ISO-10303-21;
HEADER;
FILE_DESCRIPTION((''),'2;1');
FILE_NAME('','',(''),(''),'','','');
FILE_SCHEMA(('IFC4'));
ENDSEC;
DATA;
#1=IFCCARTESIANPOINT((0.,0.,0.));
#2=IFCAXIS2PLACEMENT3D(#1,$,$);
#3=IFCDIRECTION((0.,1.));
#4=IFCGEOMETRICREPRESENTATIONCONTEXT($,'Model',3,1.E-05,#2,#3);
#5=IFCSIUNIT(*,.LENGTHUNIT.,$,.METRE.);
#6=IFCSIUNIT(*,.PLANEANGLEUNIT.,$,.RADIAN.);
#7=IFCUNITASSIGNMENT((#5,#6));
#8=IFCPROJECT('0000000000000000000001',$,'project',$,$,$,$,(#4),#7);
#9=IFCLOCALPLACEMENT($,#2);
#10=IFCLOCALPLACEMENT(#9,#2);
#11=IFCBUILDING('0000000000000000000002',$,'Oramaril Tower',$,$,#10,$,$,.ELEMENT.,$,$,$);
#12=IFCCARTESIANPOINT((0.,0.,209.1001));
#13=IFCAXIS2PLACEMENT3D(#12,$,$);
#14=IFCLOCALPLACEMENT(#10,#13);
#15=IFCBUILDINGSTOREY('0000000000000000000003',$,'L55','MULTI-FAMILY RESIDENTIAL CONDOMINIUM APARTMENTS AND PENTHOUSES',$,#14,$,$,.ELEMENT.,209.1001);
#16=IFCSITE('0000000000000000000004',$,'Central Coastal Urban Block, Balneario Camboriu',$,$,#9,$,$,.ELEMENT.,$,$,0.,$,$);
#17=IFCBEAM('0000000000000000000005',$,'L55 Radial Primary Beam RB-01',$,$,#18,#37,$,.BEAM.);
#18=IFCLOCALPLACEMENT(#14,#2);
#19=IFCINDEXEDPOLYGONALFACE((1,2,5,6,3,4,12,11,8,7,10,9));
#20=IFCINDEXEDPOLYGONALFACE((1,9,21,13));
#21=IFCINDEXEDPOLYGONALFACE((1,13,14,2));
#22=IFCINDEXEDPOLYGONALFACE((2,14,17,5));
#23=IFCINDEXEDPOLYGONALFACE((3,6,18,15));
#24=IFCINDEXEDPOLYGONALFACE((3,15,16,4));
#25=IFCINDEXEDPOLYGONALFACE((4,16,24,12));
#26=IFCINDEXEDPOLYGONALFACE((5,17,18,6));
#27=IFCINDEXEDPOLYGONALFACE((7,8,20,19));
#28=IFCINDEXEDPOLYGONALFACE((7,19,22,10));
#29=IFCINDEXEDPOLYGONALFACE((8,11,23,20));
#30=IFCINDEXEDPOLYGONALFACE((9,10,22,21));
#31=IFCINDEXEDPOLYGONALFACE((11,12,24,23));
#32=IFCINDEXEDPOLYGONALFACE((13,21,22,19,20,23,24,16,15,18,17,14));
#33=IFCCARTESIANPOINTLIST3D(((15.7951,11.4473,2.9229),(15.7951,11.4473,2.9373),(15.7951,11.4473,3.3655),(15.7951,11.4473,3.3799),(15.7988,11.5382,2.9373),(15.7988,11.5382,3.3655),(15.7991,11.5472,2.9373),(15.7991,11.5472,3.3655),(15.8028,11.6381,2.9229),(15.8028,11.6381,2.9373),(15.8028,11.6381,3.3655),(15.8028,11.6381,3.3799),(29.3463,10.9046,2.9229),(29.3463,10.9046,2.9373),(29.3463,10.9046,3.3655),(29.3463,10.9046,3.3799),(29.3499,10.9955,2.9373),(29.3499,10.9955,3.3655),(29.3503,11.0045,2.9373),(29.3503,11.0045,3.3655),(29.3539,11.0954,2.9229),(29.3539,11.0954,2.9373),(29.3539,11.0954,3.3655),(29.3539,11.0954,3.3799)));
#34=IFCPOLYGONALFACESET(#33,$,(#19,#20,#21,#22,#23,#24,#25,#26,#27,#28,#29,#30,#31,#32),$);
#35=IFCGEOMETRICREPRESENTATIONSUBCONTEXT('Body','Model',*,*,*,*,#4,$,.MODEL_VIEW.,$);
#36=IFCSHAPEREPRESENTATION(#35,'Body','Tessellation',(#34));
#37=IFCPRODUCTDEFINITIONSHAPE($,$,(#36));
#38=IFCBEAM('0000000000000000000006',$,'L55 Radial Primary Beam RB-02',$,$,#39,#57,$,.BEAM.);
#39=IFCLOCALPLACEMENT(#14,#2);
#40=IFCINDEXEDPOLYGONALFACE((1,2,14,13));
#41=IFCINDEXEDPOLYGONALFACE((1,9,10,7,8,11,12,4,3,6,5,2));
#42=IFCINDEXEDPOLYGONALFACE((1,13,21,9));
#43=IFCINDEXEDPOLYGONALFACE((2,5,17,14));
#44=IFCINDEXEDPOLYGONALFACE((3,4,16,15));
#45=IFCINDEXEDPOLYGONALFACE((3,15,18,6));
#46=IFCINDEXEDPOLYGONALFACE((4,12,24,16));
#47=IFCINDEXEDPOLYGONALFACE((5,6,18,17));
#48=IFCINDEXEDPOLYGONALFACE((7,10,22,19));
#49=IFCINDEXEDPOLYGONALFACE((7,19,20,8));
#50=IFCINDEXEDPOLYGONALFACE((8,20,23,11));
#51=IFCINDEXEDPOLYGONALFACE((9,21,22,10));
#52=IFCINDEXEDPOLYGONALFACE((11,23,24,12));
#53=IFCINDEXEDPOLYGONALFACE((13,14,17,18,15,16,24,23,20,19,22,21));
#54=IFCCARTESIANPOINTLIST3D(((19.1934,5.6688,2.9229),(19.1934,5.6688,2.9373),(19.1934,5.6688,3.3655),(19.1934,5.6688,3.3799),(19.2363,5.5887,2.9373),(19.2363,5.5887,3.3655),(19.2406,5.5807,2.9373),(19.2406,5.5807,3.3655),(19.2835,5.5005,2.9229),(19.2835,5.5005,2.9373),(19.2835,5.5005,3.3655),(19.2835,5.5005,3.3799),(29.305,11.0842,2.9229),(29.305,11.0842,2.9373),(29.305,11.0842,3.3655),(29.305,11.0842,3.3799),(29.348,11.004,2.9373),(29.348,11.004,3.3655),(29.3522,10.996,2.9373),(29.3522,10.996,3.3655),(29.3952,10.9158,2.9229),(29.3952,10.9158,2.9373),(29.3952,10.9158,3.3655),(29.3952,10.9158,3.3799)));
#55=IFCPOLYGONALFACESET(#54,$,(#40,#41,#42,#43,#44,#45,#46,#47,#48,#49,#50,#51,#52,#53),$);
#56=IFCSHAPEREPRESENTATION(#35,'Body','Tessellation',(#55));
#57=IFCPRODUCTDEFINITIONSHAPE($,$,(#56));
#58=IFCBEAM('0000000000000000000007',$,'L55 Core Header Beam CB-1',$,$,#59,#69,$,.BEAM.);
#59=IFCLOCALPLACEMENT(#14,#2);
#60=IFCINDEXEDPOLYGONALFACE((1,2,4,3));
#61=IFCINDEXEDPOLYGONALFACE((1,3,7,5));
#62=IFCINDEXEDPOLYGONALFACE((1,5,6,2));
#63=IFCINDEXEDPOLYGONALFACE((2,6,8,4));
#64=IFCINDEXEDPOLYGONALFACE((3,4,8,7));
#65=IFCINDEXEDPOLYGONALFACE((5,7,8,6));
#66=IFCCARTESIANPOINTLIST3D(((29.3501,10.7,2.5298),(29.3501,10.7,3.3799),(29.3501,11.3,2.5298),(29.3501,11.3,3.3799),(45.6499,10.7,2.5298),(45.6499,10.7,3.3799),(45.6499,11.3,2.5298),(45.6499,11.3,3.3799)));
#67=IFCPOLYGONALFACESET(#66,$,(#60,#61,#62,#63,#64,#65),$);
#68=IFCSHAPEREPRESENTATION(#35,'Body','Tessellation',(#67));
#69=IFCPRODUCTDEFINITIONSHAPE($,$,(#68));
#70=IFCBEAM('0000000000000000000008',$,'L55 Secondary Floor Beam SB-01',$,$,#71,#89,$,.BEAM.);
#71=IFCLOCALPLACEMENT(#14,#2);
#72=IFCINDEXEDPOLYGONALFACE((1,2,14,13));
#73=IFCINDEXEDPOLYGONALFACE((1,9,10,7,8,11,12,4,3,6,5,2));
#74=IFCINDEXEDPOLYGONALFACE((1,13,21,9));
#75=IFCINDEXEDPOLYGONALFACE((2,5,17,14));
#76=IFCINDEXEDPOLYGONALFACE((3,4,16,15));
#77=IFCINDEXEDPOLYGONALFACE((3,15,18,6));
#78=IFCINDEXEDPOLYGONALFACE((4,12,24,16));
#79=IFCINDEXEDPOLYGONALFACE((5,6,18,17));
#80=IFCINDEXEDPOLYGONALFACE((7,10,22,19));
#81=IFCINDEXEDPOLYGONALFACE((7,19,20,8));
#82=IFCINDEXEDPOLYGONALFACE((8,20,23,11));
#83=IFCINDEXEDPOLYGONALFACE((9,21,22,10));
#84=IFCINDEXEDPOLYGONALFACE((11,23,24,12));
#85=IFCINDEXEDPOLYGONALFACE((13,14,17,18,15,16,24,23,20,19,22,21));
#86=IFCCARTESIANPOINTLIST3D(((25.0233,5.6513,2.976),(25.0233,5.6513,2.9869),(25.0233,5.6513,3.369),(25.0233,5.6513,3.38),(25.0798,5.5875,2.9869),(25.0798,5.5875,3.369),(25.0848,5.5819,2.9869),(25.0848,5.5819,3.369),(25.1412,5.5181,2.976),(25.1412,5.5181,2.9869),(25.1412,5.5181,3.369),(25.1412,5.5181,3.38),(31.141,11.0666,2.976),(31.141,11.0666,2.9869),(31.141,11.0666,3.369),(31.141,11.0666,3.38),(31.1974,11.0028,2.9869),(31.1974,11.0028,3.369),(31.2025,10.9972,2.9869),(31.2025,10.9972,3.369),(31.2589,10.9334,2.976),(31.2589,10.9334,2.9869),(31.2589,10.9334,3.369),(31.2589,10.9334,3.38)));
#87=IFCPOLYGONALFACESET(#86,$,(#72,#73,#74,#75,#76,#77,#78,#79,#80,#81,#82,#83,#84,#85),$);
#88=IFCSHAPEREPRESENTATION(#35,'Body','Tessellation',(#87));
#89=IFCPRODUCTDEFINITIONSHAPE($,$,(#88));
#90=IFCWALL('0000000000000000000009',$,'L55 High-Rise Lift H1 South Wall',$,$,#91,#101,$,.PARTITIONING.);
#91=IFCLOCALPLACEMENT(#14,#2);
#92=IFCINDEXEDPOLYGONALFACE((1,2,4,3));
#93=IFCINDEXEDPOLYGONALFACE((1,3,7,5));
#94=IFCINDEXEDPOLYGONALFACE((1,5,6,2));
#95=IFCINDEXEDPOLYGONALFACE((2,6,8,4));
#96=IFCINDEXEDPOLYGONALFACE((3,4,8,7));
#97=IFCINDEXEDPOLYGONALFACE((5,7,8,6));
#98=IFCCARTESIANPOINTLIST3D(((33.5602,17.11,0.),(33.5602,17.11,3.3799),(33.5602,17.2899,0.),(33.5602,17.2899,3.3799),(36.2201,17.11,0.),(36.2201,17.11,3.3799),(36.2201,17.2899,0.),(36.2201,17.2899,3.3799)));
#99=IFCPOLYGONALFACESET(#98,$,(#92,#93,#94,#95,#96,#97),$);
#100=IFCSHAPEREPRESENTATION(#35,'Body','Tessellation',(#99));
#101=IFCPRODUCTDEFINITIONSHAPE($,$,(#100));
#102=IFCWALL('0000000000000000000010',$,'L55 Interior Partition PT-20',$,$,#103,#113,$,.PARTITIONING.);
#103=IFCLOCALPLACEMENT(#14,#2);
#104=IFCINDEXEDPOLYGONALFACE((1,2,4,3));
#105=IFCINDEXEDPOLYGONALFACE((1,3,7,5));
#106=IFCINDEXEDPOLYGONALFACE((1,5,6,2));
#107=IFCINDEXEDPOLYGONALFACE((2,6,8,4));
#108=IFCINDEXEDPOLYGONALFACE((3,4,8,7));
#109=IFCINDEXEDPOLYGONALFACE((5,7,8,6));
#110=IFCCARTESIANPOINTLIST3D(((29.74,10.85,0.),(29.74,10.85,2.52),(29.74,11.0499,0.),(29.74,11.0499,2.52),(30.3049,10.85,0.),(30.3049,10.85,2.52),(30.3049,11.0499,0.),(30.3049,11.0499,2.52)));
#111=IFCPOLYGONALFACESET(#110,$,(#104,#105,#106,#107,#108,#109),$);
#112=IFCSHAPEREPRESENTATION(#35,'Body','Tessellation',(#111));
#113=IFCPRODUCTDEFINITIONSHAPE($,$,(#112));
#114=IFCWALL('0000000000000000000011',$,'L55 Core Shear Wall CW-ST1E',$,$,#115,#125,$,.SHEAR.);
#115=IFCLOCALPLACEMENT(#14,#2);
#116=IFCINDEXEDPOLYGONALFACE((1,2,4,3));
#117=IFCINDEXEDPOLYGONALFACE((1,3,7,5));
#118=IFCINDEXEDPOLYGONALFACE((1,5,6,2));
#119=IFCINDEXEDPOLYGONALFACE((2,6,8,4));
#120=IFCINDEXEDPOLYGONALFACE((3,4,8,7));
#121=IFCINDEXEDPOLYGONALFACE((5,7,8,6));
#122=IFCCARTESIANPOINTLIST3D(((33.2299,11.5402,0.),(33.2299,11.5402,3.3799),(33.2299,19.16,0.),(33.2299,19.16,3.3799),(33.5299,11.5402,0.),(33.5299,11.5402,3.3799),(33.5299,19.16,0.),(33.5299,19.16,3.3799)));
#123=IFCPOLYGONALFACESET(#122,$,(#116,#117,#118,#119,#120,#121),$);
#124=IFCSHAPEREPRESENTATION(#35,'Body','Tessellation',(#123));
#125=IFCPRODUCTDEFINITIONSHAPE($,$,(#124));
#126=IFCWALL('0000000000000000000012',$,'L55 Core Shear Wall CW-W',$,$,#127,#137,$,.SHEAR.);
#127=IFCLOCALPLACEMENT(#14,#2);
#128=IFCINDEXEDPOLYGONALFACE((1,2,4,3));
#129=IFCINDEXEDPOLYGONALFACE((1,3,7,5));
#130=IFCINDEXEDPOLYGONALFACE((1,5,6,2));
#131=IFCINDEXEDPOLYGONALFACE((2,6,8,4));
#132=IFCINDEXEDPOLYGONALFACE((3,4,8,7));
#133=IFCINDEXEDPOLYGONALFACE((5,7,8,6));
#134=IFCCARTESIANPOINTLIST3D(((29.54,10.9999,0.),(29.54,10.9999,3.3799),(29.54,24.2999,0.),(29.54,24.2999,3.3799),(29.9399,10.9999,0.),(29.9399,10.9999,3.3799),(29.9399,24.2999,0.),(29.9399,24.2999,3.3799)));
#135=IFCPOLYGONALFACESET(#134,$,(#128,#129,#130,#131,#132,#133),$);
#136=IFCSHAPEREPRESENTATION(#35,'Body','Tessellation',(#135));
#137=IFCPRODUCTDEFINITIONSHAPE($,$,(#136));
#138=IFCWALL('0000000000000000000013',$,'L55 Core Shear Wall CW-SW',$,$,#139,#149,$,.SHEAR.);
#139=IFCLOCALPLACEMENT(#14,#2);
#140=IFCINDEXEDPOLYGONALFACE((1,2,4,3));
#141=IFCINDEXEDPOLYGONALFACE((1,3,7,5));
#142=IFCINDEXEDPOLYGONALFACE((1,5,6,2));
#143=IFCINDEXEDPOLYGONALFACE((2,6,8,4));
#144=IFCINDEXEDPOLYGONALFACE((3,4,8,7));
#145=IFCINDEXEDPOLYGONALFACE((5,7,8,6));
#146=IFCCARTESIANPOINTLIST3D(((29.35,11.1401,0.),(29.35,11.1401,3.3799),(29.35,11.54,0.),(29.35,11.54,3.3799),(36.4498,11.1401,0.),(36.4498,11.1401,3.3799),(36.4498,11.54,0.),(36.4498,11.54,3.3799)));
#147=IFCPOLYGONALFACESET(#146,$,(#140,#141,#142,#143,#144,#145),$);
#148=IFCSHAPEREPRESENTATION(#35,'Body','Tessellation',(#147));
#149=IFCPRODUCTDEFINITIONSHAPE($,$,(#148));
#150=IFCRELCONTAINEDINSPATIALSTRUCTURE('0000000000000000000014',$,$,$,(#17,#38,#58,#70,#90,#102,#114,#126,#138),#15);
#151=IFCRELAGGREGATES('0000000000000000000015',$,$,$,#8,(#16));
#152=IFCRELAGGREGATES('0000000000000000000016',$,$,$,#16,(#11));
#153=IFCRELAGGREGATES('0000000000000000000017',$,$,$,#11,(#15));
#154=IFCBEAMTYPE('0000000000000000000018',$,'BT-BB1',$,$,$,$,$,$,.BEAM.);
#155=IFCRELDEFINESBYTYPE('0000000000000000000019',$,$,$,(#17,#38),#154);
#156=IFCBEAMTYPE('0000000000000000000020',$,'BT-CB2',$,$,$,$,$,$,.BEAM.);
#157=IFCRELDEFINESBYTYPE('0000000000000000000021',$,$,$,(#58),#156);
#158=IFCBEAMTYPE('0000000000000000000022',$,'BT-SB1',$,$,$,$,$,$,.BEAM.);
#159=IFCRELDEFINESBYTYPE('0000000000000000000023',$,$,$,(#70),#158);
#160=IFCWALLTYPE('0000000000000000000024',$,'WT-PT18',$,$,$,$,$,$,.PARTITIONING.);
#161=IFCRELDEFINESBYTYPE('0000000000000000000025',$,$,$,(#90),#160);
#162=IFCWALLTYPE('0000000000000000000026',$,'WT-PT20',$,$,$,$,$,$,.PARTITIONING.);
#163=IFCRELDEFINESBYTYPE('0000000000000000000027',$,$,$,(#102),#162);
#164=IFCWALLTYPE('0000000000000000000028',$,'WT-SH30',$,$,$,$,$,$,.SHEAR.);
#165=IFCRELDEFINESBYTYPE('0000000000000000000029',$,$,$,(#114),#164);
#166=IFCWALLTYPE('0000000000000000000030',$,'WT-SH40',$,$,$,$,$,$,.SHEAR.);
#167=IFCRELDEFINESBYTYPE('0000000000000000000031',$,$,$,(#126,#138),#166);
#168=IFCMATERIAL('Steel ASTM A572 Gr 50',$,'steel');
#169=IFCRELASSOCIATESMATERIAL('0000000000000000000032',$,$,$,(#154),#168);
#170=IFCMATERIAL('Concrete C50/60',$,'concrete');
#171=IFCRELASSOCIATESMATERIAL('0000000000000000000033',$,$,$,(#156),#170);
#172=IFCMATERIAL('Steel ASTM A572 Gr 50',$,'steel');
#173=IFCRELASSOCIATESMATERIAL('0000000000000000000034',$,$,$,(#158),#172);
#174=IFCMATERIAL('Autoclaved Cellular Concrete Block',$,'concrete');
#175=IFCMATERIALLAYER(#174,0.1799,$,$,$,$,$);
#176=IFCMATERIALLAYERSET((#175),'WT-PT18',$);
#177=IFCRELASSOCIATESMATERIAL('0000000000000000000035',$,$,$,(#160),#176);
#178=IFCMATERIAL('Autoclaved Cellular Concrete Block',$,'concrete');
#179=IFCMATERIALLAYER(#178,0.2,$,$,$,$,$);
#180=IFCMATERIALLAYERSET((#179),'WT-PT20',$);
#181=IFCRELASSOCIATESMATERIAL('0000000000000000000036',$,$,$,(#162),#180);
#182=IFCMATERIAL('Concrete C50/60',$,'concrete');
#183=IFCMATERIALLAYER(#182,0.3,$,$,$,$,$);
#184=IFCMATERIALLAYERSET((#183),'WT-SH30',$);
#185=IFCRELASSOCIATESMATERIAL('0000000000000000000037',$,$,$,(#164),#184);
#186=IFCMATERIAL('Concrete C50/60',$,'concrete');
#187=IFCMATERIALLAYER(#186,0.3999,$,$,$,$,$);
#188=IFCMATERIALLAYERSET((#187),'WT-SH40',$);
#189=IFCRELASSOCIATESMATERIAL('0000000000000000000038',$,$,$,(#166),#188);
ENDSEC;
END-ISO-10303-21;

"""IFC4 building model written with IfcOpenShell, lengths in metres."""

from ifc_helpers import new_model, si_unit, direction, frame, frame_2d, origin, origin_2d, place, context, subcontext, project, spatial, rectangle, i_section, extrude, material, layer, layer_set, material_profile, profile_set, type_object, element, save


model = new_model("IFC4")

# Units and contexts
model_context = context("Model", 3, precision=1e-05, world=origin(), true_north=direction((0.0, 1.0)))
body_context = subcontext(model_context, "Body", "Model", "MODEL_VIEW")
ifc_project = project(units=[si_unit("LENGTHUNIT", "METRE"), si_unit("PLANEANGLEUNIT", "RADIAN")], contexts=[model_context])

# Site, building, storey
site_placement = place(None, origin())
site = spatial("IfcSite", under=ifc_project, at=site_placement, Name="Central Coastal Urban Block, Balneario Camboriu", CompositionType="ELEMENT", RefElevation=0.0)
building_placement = place(site_placement, origin())
building = spatial("IfcBuilding", under=site, at=building_placement, Name="Oramaril Tower", CompositionType="ELEMENT")
storey_placement = place(building_placement, frame((0.0, 0.0, 209.1001)))
storey = spatial("IfcBuildingStorey", under=building, at=storey_placement, Name="L55", Description="MULTI-FAMILY RESIDENTIAL CONDOMINIUM APARTMENTS AND PENTHOUSES", CompositionType="ELEMENT", Elevation=209.1001)

# Beams
ifc_material_1 = material(Name="Steel ASTM A572 Gr 50", Category="steel")
ifc_material_profile_1 = material_profile(ifc_material_1, i_section(OverallWidth=0.1909, OverallDepth=0.457, WebThickness=0.009, FlangeThickness=0.0144, at=origin_2d()), Name="W18X50")
ifc_profile_set_1 = profile_set([ifc_material_profile_1], Name="Steel ASTM A572 Gr 50")
beam_type_1 = type_object("IfcBeamType", Name="BT-BB1", PredefinedType="BEAM", material=ifc_profile_set_1)
beam_1_placement = place(storey_placement, frame((29.3501, 11.0, 3.1514), z_axis=(-0.999199, 0.040018, 0.0), x_axis=(-0.040018, -0.999199, 0.0)))
element("IfcBeam", 1, at=beam_1_placement, inside=storey, type_object=beam_type_1, Name="L55 Radial Primary Beam RB-01", PredefinedType="BEAM", context=body_context, shape_type="SweptSolid", body=[
    extrude(i_section(OverallWidth=0.1909, OverallDepth=0.457, WebThickness=0.009, FlangeThickness=0.0144, at=origin_2d()), origin(), (0.0, 0.0, 1.0), 13.562),
])
beam_2_placement = place(storey_placement, frame((29.3501, 11.0, 3.1514), z_axis=(-0.881539, -0.472111, 0.0), x_axis=(0.472111, -0.881539, 0.0)))
element("IfcBeam", 2, at=beam_2_placement, inside=storey, type_object=beam_type_1, Name="L55 Radial Primary Beam RB-02", PredefinedType="BEAM", context=body_context, shape_type="SweptSolid", body=[
    extrude(i_section(OverallWidth=0.1909, OverallDepth=0.457, WebThickness=0.009, FlangeThickness=0.0144, at=origin_2d()), origin(), (0.0, 0.0, 1.0), 11.4705),
])
ifc_material_2 = material(Name="Concrete C50/60", Category="concrete")
ifc_material_profile_2 = material_profile(ifc_material_2, rectangle(XDim=0.6001, YDim=0.8501, at=origin_2d()), Name="CB600X850")
ifc_profile_set_2 = profile_set([ifc_material_profile_2], Name="Concrete C50/60")
beam_type_2 = type_object("IfcBeamType", Name="BT-CB2", PredefinedType="BEAM", material=ifc_profile_set_2)
beam_3_placement = place(storey_placement, frame((29.3501, 11.0, 2.9548), z_axis=(1.0, 0.0, 0.0), x_axis=(0.0, 1.0, 0.0)))
element("IfcBeam", 3, at=beam_3_placement, inside=storey, type_object=beam_type_2, Name="L55 Core Header Beam CB-1", PredefinedType="BEAM", context=body_context, shape_type="SweptSolid", body=[
    extrude(rectangle(XDim=0.6001, YDim=0.8501, at=origin_2d()), origin(), (0.0, 0.0, 1.0), 16.2998),
])
ifc_material_3 = material(Name="Steel ASTM A572 Gr 50", Category="steel")
ifc_material_profile_3 = material_profile(ifc_material_3, i_section(OverallWidth=0.178, OverallDepth=0.4041, WebThickness=0.0076, FlangeThickness=0.011, at=origin_2d()), Name="W16X36")
ifc_profile_set_3 = profile_set([ifc_material_profile_3], Name="Steel ASTM A572 Gr 50")
beam_type_3 = type_object("IfcBeamType", Name="BT-SB1", PredefinedType="BEAM", material=ifc_profile_set_3)
beam_4_placement = place(storey_placement, frame((31.2, 11.0, 3.178), z_axis=(-0.748784, -0.662814, 0.0), x_axis=(0.662814, -0.748784, 0.0)))
element("IfcBeam", 4, at=beam_4_placement, inside=storey, type_object=beam_type_3, Name="L55 Secondary Floor Beam SB-01", PredefinedType="BEAM", context=body_context, shape_type="SweptSolid", body=[
    extrude(i_section(OverallWidth=0.178, OverallDepth=0.4041, WebThickness=0.0076, FlangeThickness=0.011, at=origin_2d()), origin(), (0.0, 0.0, 1.0), 8.1702),
])

# Walls
ifc_material_4 = material(Name="Autoclaved Cellular Concrete Block", Category="concrete")
ifc_layer_1 = layer(ifc_material_4, 0.1799)
ifc_layer_set_1 = layer_set([ifc_layer_1], Name="WT-PT18")
wall_type_1 = type_object("IfcWallType", Name="WT-PT18", PredefinedType="PARTITIONING", material=ifc_layer_set_1)
wall_1_placement = place(storey_placement, frame((33.5601, 17.2, 0.0), z_axis=(0.0, 0.0, 1.0), x_axis=(1.0, 0.0, 0.0)))
element("IfcWall", 5, at=wall_1_placement, inside=storey, type_object=wall_type_1, Name="L55 High-Rise Lift H1 South Wall", PredefinedType="PARTITIONING", context=body_context, shape_type="SweptSolid", body=[
    extrude(rectangle(XDim=2.6599, YDim=0.1799, at=frame_2d((1.3301, 0.0))), origin(), (0.0, 0.0, 1.0), 3.3799),
])
ifc_material_5 = material(Name="Autoclaved Cellular Concrete Block", Category="concrete")
ifc_layer_2 = layer(ifc_material_5, 0.2)
ifc_layer_set_2 = layer_set([ifc_layer_2], Name="WT-PT20")
wall_type_2 = type_object("IfcWallType", Name="WT-PT20", PredefinedType="PARTITIONING", material=ifc_layer_set_2)
wall_2_placement = place(storey_placement, frame((29.74, 10.95, 0.0), z_axis=(0.0, 0.0, 1.0), x_axis=(1.0, 0.0, 0.0)))
element("IfcWall", 6, at=wall_2_placement, inside=storey, type_object=wall_type_2, Name="L55 Interior Partition PT-20", PredefinedType="PARTITIONING", context=body_context, shape_type="SweptSolid", body=[
    extrude(rectangle(XDim=0.5649, YDim=0.2, at=frame_2d((0.2825, 0.0))), origin(), (0.0, 0.0, 1.0), 2.52),
])
ifc_material_6 = material(Name="Concrete C50/60", Category="concrete")
ifc_layer_3 = layer(ifc_material_6, 0.3)
ifc_layer_set_3 = layer_set([ifc_layer_3], Name="WT-SH30")
wall_type_3 = type_object("IfcWallType", Name="WT-SH30", PredefinedType="SHEAR", material=ifc_layer_set_3)
wall_3_placement = place(storey_placement, frame((33.3799, 11.54, 0.0), z_axis=(0.0, 0.0, 1.0), x_axis=(0.0, 1.0, 0.0)))
element("IfcWall", 7, at=wall_3_placement, inside=storey, type_object=wall_type_3, Name="L55 Core Shear Wall CW-ST1E", PredefinedType="SHEAR", context=body_context, shape_type="SweptSolid", body=[
    extrude(rectangle(XDim=7.6199, YDim=0.3, at=frame_2d((3.8101, 0.0))), origin(), (0.0, 0.0, 1.0), 3.3799),
])
ifc_material_7 = material(Name="Concrete C50/60", Category="concrete")
ifc_layer_4 = layer(ifc_material_7, 0.3999)
ifc_layer_set_4 = layer_set([ifc_layer_4], Name="WT-SH40")
wall_type_4 = type_object("IfcWallType", Name="WT-SH40", PredefinedType="SHEAR", material=ifc_layer_set_4)
wall_4_placement = place(storey_placement, frame((29.74, 11.0, 0.0), z_axis=(0.0, 0.0, 1.0), x_axis=(0.0, 1.0, 0.0)))
element("IfcWall", 8, at=wall_4_placement, inside=storey, type_object=wall_type_4, Name="L55 Core Shear Wall CW-W", PredefinedType="SHEAR", context=body_context, shape_type="SweptSolid", body=[
    extrude(rectangle(XDim=13.3, YDim=0.3999, at=frame_2d((6.6499, 0.0))), origin(), (0.0, 0.0, 1.0), 3.3799),
])
wall_5_placement = place(storey_placement, frame((29.3501, 11.3401, 0.0), z_axis=(0.0, 0.0, 1.0), x_axis=(1.0, 0.0, 0.0)))
element("IfcWall", 9, at=wall_5_placement, inside=storey, type_object=wall_type_4, Name="L55 Core Shear Wall CW-SW", PredefinedType="SHEAR", context=body_context, shape_type="SweptSolid", body=[
    extrude(rectangle(XDim=7.0999, YDim=0.3999, at=frame_2d((3.5498, 0.0))), origin(), (0.0, 0.0, 1.0), 3.3799),
])

save(model, "model.ifc")
